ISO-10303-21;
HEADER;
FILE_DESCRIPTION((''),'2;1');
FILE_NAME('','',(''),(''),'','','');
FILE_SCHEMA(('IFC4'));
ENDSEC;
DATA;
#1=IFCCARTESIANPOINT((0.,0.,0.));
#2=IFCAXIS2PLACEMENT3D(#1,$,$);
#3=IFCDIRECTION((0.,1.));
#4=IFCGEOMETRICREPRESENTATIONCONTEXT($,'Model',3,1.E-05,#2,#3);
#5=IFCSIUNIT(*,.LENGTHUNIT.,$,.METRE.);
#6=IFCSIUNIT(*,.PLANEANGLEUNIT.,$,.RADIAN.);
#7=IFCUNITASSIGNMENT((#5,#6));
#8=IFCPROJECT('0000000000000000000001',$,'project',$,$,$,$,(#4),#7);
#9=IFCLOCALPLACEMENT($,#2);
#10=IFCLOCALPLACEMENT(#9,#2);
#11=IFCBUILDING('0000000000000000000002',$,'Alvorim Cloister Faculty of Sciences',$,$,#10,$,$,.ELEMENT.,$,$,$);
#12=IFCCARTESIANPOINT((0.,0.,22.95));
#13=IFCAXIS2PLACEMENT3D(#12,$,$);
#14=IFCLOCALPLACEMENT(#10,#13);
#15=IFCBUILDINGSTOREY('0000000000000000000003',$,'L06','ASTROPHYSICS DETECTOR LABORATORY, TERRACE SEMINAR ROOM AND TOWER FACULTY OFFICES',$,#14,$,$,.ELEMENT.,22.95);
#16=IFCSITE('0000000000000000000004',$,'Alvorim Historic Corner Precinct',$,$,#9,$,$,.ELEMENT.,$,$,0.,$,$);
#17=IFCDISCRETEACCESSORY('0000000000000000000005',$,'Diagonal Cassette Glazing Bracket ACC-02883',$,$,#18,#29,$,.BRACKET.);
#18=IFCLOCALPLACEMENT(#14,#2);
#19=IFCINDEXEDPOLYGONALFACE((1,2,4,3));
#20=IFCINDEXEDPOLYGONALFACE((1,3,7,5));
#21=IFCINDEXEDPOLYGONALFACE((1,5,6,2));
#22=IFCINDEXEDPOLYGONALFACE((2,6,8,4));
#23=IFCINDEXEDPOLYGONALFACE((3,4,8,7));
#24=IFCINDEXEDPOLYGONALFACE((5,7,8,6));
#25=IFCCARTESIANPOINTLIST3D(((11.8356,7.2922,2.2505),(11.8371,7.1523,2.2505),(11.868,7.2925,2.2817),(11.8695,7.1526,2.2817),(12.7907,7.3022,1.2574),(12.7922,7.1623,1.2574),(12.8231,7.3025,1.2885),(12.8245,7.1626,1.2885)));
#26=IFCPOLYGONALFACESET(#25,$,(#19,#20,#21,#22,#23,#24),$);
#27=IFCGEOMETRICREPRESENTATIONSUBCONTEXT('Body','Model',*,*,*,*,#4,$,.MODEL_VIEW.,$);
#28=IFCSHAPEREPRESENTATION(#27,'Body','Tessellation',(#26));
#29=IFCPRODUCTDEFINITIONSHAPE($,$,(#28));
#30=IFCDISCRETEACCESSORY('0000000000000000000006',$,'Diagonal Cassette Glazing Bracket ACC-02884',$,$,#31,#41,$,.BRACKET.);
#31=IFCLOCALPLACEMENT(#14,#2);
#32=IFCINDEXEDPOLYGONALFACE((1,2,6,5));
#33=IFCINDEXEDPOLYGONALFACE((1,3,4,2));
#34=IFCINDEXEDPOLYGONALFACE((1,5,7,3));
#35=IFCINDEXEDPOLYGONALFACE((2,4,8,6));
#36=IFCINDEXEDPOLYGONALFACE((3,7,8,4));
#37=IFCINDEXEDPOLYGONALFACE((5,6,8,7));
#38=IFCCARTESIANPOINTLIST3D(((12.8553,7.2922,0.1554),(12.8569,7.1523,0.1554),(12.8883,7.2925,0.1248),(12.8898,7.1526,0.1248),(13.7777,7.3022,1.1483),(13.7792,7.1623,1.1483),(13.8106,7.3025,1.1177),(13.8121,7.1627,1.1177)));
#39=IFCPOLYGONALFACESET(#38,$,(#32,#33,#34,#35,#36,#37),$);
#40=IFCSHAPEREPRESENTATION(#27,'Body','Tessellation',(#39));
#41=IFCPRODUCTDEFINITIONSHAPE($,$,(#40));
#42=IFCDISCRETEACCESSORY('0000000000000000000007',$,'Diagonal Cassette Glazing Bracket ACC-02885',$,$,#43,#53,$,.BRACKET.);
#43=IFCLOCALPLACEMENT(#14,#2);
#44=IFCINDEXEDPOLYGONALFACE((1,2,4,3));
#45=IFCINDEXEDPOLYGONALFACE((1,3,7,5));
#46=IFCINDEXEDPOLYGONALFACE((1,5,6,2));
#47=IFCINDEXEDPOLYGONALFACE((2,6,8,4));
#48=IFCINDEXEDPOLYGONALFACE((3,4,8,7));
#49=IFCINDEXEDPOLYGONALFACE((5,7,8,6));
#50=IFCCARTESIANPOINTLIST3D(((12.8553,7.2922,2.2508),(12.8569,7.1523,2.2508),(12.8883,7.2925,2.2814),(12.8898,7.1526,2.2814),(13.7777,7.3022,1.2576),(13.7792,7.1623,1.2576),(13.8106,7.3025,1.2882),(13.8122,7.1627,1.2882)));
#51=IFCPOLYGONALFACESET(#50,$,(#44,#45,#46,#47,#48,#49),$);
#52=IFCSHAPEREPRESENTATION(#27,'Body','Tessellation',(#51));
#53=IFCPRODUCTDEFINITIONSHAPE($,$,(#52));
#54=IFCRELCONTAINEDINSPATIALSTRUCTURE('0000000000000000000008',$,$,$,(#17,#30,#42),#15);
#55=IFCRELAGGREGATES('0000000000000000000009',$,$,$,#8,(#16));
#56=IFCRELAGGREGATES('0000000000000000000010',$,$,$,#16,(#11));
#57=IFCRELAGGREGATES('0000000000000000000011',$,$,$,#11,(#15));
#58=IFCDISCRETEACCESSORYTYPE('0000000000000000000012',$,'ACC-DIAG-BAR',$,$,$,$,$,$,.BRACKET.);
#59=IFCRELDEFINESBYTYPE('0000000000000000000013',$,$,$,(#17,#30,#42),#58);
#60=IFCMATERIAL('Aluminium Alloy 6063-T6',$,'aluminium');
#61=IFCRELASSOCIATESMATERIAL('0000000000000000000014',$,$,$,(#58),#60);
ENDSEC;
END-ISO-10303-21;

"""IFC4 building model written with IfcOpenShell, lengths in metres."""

from ifc_helpers import new_model, si_unit, direction, frame, origin, origin_2d, place, context, subcontext, project, spatial, rectangle, extrude, material, type_object, element, save


model = new_model("IFC4")

# Units and contexts
model_context = context("Model", 3, precision=1e-05, world=origin(), true_north=direction((0.0, 1.0)))
body_context = subcontext(model_context, "Body", "Model", "MODEL_VIEW")
ifc_project = project(units=[si_unit("LENGTHUNIT", "METRE"), si_unit("PLANEANGLEUNIT", "RADIAN")], contexts=[model_context])

# Site, building, storey
site_placement = place(None, origin())
site = spatial("IfcSite", under=ifc_project, at=site_placement, Name="Alvorim Historic Corner Precinct", CompositionType="ELEMENT", RefElevation=0.0)
building_placement = place(site_placement, origin())
building = spatial("IfcBuilding", under=site, at=building_placement, Name="Alvorim Cloister Faculty of Sciences", CompositionType="ELEMENT")
storey_placement = place(building_placement, frame((0.0, 0.0, 22.95)))
storey = spatial("IfcBuildingStorey", under=building, at=storey_placement, Name="L06", Description="ASTROPHYSICS DETECTOR LABORATORY, TERRACE SEMINAR ROOM AND TOWER FACULTY OFFICES", CompositionType="ELEMENT", Elevation=22.95)

# Shared definitions
ifc_material_1 = material(Name="Aluminium Alloy 6063-T6", Category="aluminium")

# Discrete accessories
discrete_accessory_type = type_object("IfcDiscreteAccessoryType", Name="ACC-DIAG-BAR", PredefinedType="BRACKET", material=ifc_material_1)
discrete_accessory_1_placement = place(storey_placement, frame((11.8525, 7.2224, 2.2661), z_axis=(0.693133, 0.007264, -0.720773), x_axis=(-0.01048, 0.999945, 0.0)))
element("IfcDiscreteAccessory", 1, at=discrete_accessory_1_placement, inside=storey, type_object=discrete_accessory_type, Name="Diagonal Cassette Glazing Bracket ACC-02883", PredefinedType="BRACKET", context=body_context, shape_type="SweptSolid", body=[
    extrude(rectangle(XDim=0.1399, YDim=0.0449, at=origin_2d()), origin(), (0.0, 0.0, 1.0), 1.3779),
])
discrete_accessory_2_placement = place(storey_placement, frame((12.8726, 7.2224, 0.1401), z_axis=(0.680578, 0.007386, 0.732639), x_axis=(-0.010852, 0.999941, 0.0)))
element("IfcDiscreteAccessory", 2, at=discrete_accessory_2_placement, inside=storey, type_object=discrete_accessory_type, Name="Diagonal Cassette Glazing Bracket ACC-02884", PredefinedType="BRACKET", context=body_context, shape_type="SweptSolid", body=[
    extrude(rectangle(XDim=0.1399, YDim=0.0449, at=origin_2d()), origin(), (0.0, 0.0, 1.0), 1.3552),
])
discrete_accessory_3_placement = place(storey_placement, frame((12.8726, 7.2224, 2.2661), z_axis=(0.680488, 0.007385, -0.732722), x_axis=(-0.010852, 0.999941, 0.0)))
element("IfcDiscreteAccessory", 3, at=discrete_accessory_3_placement, inside=storey, type_object=discrete_accessory_type, Name="Diagonal Cassette Glazing Bracket ACC-02885", PredefinedType="BRACKET", context=body_context, shape_type="SweptSolid", body=[
    extrude(rectangle(XDim=0.1399, YDim=0.0449, at=origin_2d()), origin(), (0.0, 0.0, 1.0), 1.3555),
])

save(model, "model.ifc")
